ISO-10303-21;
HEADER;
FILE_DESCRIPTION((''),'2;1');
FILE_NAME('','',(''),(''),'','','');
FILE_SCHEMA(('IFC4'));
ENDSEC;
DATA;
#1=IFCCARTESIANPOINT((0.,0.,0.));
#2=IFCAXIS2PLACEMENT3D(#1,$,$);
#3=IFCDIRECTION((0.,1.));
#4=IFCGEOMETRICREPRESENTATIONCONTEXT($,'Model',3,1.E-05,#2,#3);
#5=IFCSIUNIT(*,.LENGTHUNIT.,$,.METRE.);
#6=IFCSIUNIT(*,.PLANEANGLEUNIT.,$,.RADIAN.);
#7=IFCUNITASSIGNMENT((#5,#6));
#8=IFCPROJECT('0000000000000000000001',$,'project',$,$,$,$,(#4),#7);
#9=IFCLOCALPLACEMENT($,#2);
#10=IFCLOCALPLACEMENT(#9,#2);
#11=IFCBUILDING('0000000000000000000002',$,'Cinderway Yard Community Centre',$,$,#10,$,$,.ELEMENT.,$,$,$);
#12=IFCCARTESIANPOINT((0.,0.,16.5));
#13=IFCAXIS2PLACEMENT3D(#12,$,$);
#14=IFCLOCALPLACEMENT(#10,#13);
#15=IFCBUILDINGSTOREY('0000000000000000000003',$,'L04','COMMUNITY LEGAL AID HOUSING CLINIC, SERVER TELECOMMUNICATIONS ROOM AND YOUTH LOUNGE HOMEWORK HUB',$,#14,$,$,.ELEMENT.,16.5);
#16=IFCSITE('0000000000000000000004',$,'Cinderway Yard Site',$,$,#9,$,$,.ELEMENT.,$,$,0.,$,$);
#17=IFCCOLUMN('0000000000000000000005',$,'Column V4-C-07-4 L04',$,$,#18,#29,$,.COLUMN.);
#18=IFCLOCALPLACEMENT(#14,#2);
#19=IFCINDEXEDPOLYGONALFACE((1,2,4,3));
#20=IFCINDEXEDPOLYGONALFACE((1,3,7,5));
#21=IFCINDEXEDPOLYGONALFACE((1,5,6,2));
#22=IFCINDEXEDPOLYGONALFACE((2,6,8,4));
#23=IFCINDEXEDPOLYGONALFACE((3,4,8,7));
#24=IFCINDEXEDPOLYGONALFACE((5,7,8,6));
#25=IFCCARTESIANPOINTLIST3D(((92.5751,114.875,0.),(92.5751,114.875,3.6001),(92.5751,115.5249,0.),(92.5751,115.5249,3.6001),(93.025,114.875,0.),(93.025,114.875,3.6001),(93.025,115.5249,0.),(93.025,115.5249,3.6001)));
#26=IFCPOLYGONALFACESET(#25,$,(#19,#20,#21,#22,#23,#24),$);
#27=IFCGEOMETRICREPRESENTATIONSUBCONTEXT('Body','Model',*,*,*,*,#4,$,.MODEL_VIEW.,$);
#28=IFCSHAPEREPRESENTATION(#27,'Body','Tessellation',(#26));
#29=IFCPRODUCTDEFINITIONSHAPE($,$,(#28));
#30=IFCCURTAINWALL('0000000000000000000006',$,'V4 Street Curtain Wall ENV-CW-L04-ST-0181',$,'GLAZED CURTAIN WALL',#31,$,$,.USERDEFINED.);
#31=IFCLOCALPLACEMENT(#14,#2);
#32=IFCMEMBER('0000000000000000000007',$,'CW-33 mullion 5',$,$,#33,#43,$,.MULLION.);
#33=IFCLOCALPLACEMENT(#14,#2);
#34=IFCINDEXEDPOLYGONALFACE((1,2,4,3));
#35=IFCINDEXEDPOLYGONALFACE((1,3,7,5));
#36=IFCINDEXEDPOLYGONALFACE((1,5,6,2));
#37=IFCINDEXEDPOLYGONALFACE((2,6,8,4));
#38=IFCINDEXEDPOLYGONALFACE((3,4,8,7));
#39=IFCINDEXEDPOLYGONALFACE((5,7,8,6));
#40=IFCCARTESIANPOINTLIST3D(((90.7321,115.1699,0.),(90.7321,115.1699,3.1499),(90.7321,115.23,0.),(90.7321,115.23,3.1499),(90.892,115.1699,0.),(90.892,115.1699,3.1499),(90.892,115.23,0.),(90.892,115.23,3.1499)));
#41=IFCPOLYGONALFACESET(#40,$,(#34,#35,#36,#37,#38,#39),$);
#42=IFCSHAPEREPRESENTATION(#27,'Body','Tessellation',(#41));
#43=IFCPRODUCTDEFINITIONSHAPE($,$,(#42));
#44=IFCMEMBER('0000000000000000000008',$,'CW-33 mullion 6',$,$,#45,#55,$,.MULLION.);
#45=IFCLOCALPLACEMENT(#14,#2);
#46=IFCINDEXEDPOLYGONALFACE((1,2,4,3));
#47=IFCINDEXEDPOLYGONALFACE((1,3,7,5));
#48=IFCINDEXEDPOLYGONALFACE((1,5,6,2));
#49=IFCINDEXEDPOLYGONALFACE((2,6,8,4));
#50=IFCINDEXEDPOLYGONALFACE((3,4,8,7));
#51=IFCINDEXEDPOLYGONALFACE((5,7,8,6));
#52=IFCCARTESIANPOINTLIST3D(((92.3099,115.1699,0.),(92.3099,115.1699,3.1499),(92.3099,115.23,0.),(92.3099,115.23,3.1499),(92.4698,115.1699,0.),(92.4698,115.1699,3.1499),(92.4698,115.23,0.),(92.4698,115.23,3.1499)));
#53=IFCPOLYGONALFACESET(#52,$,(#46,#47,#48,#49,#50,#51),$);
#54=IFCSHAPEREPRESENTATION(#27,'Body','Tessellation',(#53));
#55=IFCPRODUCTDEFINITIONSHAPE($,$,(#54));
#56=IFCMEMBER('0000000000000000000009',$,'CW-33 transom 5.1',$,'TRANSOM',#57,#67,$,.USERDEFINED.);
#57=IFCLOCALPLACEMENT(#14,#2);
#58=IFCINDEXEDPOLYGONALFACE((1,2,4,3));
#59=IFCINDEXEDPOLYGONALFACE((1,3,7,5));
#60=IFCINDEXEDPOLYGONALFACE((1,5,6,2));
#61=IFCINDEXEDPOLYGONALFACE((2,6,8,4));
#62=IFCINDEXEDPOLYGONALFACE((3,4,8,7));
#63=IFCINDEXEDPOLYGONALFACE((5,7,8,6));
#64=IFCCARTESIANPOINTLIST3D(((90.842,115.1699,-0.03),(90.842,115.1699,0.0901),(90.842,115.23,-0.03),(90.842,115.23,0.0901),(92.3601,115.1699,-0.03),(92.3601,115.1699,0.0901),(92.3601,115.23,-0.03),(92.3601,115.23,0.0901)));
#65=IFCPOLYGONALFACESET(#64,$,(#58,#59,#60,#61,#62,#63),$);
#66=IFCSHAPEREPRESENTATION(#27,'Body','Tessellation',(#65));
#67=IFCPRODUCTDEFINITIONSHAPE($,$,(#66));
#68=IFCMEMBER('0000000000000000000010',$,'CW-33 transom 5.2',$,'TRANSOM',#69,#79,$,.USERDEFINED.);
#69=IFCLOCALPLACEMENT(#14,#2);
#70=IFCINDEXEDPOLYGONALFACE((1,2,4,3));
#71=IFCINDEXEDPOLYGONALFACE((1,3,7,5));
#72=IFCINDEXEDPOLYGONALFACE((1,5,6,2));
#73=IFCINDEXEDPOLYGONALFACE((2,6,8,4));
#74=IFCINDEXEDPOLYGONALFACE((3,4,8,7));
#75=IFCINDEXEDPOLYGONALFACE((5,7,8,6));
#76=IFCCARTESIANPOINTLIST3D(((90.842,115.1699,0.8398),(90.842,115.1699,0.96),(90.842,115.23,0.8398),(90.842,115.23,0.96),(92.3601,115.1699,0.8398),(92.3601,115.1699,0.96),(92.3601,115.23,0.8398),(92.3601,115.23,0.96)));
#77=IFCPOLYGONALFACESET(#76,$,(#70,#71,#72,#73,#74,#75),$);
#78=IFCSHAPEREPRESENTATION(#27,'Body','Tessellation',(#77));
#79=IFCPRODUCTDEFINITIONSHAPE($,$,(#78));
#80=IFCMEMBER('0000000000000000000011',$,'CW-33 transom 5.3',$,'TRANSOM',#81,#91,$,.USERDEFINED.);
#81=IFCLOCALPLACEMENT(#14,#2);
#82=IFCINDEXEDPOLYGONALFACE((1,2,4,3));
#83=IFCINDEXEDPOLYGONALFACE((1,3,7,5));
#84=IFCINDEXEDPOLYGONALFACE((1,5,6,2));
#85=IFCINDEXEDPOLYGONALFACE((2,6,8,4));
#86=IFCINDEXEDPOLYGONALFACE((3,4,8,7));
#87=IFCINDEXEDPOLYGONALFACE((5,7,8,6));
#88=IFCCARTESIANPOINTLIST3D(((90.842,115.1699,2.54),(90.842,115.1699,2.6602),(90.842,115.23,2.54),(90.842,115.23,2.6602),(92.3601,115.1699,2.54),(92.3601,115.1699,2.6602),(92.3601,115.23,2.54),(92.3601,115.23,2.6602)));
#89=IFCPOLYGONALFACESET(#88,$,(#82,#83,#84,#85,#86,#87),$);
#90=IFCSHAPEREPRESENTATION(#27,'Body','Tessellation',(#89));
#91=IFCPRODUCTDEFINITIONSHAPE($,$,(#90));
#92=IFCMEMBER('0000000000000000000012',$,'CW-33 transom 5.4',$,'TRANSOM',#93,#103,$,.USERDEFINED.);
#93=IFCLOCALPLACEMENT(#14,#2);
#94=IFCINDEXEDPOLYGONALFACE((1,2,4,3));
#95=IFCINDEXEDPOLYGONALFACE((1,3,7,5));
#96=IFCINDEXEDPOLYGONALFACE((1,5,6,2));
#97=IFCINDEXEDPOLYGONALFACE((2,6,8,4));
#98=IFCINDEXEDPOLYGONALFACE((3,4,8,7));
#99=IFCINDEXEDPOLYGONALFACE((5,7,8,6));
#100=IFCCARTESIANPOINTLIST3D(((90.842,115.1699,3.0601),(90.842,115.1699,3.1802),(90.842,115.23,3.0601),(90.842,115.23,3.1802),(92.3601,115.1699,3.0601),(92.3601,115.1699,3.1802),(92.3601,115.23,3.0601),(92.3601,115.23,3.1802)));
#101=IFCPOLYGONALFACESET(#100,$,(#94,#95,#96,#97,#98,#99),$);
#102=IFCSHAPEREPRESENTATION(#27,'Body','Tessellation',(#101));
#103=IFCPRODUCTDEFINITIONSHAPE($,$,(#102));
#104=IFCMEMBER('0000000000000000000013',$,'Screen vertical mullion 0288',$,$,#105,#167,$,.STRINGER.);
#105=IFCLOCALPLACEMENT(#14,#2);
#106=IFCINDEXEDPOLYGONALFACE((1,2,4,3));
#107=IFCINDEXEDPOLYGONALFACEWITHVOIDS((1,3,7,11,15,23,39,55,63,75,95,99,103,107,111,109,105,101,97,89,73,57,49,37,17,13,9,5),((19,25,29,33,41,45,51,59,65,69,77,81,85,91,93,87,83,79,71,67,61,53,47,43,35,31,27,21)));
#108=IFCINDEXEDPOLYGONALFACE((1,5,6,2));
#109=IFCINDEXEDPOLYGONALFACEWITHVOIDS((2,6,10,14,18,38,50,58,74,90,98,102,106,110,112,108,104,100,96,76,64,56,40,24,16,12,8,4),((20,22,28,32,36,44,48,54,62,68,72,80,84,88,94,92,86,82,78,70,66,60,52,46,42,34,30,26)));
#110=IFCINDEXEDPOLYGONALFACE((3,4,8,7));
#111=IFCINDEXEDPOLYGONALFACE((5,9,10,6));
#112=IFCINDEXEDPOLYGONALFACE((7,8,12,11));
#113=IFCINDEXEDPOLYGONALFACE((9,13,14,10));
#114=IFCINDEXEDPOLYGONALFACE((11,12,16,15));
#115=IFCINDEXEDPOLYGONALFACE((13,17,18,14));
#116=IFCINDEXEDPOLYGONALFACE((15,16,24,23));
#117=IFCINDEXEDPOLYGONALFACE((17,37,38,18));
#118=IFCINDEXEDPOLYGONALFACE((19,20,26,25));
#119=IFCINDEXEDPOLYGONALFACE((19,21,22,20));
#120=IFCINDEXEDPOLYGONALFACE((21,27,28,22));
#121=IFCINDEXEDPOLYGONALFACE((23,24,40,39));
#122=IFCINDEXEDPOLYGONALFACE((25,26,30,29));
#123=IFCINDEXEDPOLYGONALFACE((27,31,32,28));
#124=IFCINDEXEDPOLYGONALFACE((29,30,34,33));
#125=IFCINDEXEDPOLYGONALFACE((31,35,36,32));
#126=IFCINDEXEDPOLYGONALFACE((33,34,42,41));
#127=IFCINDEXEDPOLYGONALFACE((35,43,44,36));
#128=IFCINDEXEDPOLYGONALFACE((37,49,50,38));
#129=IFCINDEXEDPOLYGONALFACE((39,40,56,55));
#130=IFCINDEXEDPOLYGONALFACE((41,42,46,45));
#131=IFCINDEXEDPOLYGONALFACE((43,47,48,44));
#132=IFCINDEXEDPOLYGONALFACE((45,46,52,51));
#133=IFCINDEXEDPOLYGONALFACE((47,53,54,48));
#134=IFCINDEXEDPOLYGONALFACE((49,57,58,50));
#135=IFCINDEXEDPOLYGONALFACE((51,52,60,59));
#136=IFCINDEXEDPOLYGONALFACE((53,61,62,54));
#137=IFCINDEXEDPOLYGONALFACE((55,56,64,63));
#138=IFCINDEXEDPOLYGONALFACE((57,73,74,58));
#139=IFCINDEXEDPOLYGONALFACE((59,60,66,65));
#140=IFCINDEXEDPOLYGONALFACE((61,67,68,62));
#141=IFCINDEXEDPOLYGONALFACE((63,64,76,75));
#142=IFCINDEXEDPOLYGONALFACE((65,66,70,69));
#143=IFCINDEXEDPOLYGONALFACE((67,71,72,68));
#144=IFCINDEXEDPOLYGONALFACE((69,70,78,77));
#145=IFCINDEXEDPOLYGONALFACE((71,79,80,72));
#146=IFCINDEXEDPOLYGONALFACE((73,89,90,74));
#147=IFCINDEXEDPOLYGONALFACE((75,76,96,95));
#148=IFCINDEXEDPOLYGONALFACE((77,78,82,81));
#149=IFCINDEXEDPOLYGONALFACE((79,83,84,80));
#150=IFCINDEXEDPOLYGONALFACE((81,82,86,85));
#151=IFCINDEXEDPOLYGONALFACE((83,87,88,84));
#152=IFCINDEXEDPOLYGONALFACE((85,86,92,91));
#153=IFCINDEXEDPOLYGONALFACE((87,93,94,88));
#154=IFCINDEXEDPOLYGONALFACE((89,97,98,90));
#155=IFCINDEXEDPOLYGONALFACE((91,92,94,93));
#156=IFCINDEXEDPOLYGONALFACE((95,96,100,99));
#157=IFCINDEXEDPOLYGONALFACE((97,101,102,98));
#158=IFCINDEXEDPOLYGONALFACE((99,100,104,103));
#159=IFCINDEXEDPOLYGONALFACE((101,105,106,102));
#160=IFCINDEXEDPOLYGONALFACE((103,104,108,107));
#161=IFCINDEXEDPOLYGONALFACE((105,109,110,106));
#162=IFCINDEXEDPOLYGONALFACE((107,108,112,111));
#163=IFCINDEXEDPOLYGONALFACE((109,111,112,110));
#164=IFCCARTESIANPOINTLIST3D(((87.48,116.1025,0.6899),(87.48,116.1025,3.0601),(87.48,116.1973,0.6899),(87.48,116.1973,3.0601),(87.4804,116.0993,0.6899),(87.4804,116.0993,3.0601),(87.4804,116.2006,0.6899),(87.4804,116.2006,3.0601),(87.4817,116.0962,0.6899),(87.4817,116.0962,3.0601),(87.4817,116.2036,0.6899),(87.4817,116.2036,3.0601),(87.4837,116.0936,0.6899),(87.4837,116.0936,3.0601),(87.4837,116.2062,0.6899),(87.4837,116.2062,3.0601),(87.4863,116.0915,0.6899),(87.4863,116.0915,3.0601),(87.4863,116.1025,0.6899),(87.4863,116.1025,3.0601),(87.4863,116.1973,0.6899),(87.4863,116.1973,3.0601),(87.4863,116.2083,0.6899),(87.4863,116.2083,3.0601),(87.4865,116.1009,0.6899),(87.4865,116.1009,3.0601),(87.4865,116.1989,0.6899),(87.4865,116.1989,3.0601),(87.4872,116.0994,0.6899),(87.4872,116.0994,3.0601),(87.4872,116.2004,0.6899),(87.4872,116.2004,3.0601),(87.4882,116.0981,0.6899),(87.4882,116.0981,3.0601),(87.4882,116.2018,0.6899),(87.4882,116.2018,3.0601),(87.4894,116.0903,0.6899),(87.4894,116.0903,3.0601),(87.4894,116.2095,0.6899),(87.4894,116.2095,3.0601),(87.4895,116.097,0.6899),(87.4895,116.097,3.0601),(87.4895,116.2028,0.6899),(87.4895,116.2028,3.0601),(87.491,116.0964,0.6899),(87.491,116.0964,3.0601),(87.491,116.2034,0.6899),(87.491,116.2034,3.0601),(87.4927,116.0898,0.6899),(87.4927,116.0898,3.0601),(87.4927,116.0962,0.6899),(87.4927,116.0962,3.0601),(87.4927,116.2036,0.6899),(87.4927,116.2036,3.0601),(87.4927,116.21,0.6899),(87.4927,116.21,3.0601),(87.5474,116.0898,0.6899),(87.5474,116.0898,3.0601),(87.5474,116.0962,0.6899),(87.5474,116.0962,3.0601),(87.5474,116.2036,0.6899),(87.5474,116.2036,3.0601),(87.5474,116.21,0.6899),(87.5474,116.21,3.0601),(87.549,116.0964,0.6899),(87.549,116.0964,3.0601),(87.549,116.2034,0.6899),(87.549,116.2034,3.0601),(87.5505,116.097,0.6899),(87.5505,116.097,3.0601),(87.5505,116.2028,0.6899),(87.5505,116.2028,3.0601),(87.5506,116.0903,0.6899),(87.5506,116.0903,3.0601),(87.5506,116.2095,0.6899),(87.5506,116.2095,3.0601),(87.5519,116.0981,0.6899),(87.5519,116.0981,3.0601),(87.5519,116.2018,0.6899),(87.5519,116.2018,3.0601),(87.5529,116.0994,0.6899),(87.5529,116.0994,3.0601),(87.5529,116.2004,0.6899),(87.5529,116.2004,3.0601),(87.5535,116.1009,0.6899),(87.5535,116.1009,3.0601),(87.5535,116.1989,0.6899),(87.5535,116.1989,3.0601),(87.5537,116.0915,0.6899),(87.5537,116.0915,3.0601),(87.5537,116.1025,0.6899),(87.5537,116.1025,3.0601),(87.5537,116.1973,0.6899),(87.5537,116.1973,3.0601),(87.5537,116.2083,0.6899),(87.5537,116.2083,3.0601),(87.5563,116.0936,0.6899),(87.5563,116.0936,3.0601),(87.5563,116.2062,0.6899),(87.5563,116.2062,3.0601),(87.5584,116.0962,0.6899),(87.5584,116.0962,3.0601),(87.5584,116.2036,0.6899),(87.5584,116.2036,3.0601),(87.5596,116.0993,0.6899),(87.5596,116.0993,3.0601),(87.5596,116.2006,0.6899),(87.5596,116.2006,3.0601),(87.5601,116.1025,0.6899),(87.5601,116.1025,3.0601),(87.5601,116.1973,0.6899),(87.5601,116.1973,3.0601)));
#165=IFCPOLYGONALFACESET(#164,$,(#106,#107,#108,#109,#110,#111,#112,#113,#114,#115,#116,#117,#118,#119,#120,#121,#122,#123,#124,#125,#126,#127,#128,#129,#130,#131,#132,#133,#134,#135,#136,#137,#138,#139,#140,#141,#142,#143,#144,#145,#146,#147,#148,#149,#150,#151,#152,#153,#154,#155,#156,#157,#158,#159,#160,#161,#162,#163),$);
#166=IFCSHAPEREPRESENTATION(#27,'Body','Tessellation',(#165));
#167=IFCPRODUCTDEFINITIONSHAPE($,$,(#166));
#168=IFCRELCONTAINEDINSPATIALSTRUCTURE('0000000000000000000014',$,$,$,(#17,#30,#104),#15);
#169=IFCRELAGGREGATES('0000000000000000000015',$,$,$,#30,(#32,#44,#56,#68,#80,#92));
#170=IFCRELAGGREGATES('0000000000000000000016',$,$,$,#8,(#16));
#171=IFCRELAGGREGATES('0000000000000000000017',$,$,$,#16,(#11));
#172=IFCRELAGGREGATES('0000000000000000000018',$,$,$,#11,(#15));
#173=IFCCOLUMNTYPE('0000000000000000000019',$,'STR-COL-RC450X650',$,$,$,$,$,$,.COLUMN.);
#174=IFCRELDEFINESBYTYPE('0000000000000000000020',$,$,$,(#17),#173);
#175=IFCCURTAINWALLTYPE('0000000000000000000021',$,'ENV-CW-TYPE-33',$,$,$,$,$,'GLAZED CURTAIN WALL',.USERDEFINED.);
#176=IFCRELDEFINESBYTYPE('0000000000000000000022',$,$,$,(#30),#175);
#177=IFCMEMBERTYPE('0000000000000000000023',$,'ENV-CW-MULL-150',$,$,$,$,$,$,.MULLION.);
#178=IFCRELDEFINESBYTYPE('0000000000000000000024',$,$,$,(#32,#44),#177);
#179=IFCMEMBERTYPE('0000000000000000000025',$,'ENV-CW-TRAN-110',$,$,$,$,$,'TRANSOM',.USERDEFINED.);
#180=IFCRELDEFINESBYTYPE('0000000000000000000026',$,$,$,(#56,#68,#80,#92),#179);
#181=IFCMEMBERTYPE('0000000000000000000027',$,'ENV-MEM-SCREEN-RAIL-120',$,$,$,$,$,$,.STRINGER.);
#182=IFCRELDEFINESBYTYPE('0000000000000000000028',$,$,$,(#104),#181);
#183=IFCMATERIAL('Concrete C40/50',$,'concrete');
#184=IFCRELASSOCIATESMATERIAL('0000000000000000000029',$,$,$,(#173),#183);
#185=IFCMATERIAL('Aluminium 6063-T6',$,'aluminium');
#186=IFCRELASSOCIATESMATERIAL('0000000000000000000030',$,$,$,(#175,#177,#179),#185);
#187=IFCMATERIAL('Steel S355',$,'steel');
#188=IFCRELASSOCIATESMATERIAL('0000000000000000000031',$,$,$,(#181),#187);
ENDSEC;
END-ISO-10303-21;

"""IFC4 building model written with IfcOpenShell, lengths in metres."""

from ifc_helpers import new_model, si_unit, direction, frame, origin, origin_2d, place, context, subcontext, project, spatial, rectangle, hollow_rectangle, extrude, material, material_profile, profile_set, type_object, element, aggregate, save


model = new_model("IFC4")

# Units and contexts
model_context = context("Model", 3, precision=1e-05, world=origin(), true_north=direction((0.0, 1.0)))
body_context = subcontext(model_context, "Body", "Model", "MODEL_VIEW")
ifc_project = project(units=[si_unit("LENGTHUNIT", "METRE"), si_unit("PLANEANGLEUNIT", "RADIAN")], contexts=[model_context])

# Site, building, storey
site_placement = place(None, origin())
site = spatial("IfcSite", under=ifc_project, at=site_placement, Name="Cinderway Yard Site", CompositionType="ELEMENT", RefElevation=0.0)
building_placement = place(site_placement, origin())
building = spatial("IfcBuilding", under=site, at=building_placement, Name="Cinderway Yard Community Centre", CompositionType="ELEMENT")
storey_placement = place(building_placement, frame((0.0, 0.0, 16.5)))
storey = spatial("IfcBuildingStorey", under=building, at=storey_placement, Name="L04", Description="COMMUNITY LEGAL AID HOUSING CLINIC, SERVER TELECOMMUNICATIONS ROOM AND YOUTH LOUNGE HOMEWORK HUB", CompositionType="ELEMENT", Elevation=16.5)

# Column
ifc_material_1 = material(Name="Concrete C40/50", Category="concrete")
ifc_material_profile_1 = material_profile(ifc_material_1, rectangle(XDim=0.45, YDim=0.6499, at=origin_2d()), Name="Concrete C40/50")
ifc_profile_set_1 = profile_set([ifc_material_profile_1], Name="Concrete C40/50")
column_type = type_object("IfcColumnType", Name="STR-COL-RC450X650", PredefinedType="COLUMN", material=ifc_profile_set_1)
column_placement = place(storey_placement, frame((92.8, 115.2, 0.0), z_axis=(0.0, 0.0, 1.0), x_axis=(1.0, 0.0, 0.0)))
element("IfcColumn", 1, at=column_placement, inside=storey, type_object=column_type, Name="Column V4-C-07-4 L04", PredefinedType="COLUMN", context=body_context, shape_type="SweptSolid", body=[
    extrude(rectangle(XDim=0.45, YDim=0.6499, at=origin_2d()), origin(), (0.0, 0.0, 1.0), 3.6001),
])

# Curtain wall, members
ifc_material_2 = material(Name="Aluminium 6063-T6", Category="aluminium")
curtain_wall_type = type_object("IfcCurtainWallType", Name="ENV-CW-TYPE-33", ElementType="GLAZED CURTAIN WALL", PredefinedType="USERDEFINED", material=ifc_material_2)
curtain_wall_placement = place(storey_placement, origin())
curtain_wall = element("IfcCurtainWall", 2, at=curtain_wall_placement, inside=storey, type_object=curtain_wall_type, Name="V4 Street Curtain Wall ENV-CW-L04-ST-0181", ObjectType="GLAZED CURTAIN WALL", PredefinedType="USERDEFINED")
ifc_material_profile_2 = material_profile(ifc_material_2, rectangle(XDim=0.0601, YDim=0.1599, at=origin_2d()), Name="Aluminium 6063-T6")
ifc_profile_set_2 = profile_set([ifc_material_profile_2], Name="Aluminium 6063-T6")
member_type_1 = type_object("IfcMemberType", Name="ENV-CW-MULL-150", PredefinedType="MULLION", material=ifc_profile_set_2)
member_1_placement = place(storey_placement, frame((90.812, 115.2, 0.0), z_axis=(0.0, 0.0, 1.0), x_axis=(0.0, 1.0, 0.0)))
member_1 = element("IfcMember", 3, at=member_1_placement, type_object=member_type_1, Name="CW-33 mullion 5", PredefinedType="MULLION", context=body_context, shape_type="SweptSolid", body=[
    extrude(rectangle(XDim=0.0601, YDim=0.1599, at=origin_2d()), origin(), (0.0, 0.0, 1.0), 3.1499),
])
member_2_placement = place(storey_placement, frame((92.3899, 115.2, 0.0), z_axis=(0.0, 0.0, 1.0), x_axis=(0.0, 1.0, 0.0)))
member_2 = element("IfcMember", 4, at=member_2_placement, type_object=member_type_1, Name="CW-33 mullion 6", PredefinedType="MULLION", context=body_context, shape_type="SweptSolid", body=[
    extrude(rectangle(XDim=0.0601, YDim=0.1599, at=origin_2d()), origin(), (0.0, 0.0, 1.0), 3.1499),
])
ifc_material_profile_3 = material_profile(ifc_material_2, rectangle(XDim=0.0601, YDim=0.1201, at=origin_2d()), Name="Aluminium 6063-T6")
ifc_profile_set_3 = profile_set([ifc_material_profile_3], Name="Aluminium 6063-T6")
member_type_2 = type_object("IfcMemberType", Name="ENV-CW-TRAN-110", ElementType="TRANSOM", PredefinedType="USERDEFINED", material=ifc_profile_set_3)
member_3_placement = place(storey_placement, frame((90.842, 115.2, 0.03), z_axis=(1.0, 0.0, 0.0), x_axis=(0.0, 1.0, 0.0)))
member_3 = element("IfcMember", 5, at=member_3_placement, type_object=member_type_2, Name="CW-33 transom 5.1", ObjectType="TRANSOM", PredefinedType="USERDEFINED", context=body_context, shape_type="SweptSolid", body=[
    extrude(rectangle(XDim=0.0601, YDim=0.1201, at=origin_2d()), origin(), (0.0, 0.0, 1.0), 1.5181),
])
member_4_placement = place(storey_placement, frame((90.842, 115.2, 0.8999), z_axis=(1.0, 0.0, 0.0), x_axis=(0.0, 1.0, 0.0)))
member_4 = element("IfcMember", 6, at=member_4_placement, type_object=member_type_2, Name="CW-33 transom 5.2", ObjectType="TRANSOM", PredefinedType="USERDEFINED", context=body_context, shape_type="SweptSolid", body=[
    extrude(rectangle(XDim=0.0601, YDim=0.1201, at=origin_2d()), origin(), (0.0, 0.0, 1.0), 1.5181),
])
member_5_placement = place(storey_placement, frame((90.842, 115.2, 2.6001), z_axis=(1.0, 0.0, 0.0), x_axis=(0.0, 1.0, 0.0)))
member_5 = element("IfcMember", 7, at=member_5_placement, type_object=member_type_2, Name="CW-33 transom 5.3", ObjectType="TRANSOM", PredefinedType="USERDEFINED", context=body_context, shape_type="SweptSolid", body=[
    extrude(rectangle(XDim=0.0601, YDim=0.1201, at=origin_2d()), origin(), (0.0, 0.0, 1.0), 1.5181),
])
member_6_placement = place(storey_placement, frame((90.842, 115.2, 3.1201), z_axis=(1.0, 0.0, 0.0), x_axis=(0.0, 1.0, 0.0)))
member_6 = element("IfcMember", 8, at=member_6_placement, type_object=member_type_2, Name="CW-33 transom 5.4", ObjectType="TRANSOM", PredefinedType="USERDEFINED", context=body_context, shape_type="SweptSolid", body=[
    extrude(rectangle(XDim=0.0601, YDim=0.1201, at=origin_2d()), origin(), (0.0, 0.0, 1.0), 1.5181),
])

# Member
ifc_material_3 = material(Name="Steel S355", Category="steel")
ifc_material_profile_4 = material_profile(ifc_material_3, hollow_rectangle(XDim=0.0801, YDim=0.1201, WallThickness=0.0063, InnerFilletRadius=0.0063, OuterFilletRadius=0.0127, at=origin_2d()), Name="Steel S355")
ifc_profile_set_4 = profile_set([ifc_material_profile_4], Name="Steel S355")
member_type_3 = type_object("IfcMemberType", Name="ENV-MEM-SCREEN-RAIL-120", PredefinedType="STRINGER", material=ifc_profile_set_4)
for number, where, z_axis, x_axis, name in (
    (9, (87.52, 116.1499, 0.6899), (0.0, 0.0, 1.0), (1.0, 0.0, 0.0), "Screen vertical mullion 0288"),
):
    element("IfcMember", number, at=place(storey_placement, frame(where, z_axis=z_axis, x_axis=x_axis)), inside=storey, type_object=member_type_3, Name=name, PredefinedType="STRINGER", context=body_context, shape_type="SweptSolid", body=[
        extrude(hollow_rectangle(XDim=0.0801, YDim=0.1201, WallThickness=0.0063, InnerFilletRadius=0.0063, OuterFilletRadius=0.0127, at=origin_2d()), origin(), (0.0, 0.0, 1.0), 2.3701),
    ])

aggregate(curtain_wall, [member_1, member_2, member_3, member_4, member_5, member_6])

save(model, "model.ifc")
